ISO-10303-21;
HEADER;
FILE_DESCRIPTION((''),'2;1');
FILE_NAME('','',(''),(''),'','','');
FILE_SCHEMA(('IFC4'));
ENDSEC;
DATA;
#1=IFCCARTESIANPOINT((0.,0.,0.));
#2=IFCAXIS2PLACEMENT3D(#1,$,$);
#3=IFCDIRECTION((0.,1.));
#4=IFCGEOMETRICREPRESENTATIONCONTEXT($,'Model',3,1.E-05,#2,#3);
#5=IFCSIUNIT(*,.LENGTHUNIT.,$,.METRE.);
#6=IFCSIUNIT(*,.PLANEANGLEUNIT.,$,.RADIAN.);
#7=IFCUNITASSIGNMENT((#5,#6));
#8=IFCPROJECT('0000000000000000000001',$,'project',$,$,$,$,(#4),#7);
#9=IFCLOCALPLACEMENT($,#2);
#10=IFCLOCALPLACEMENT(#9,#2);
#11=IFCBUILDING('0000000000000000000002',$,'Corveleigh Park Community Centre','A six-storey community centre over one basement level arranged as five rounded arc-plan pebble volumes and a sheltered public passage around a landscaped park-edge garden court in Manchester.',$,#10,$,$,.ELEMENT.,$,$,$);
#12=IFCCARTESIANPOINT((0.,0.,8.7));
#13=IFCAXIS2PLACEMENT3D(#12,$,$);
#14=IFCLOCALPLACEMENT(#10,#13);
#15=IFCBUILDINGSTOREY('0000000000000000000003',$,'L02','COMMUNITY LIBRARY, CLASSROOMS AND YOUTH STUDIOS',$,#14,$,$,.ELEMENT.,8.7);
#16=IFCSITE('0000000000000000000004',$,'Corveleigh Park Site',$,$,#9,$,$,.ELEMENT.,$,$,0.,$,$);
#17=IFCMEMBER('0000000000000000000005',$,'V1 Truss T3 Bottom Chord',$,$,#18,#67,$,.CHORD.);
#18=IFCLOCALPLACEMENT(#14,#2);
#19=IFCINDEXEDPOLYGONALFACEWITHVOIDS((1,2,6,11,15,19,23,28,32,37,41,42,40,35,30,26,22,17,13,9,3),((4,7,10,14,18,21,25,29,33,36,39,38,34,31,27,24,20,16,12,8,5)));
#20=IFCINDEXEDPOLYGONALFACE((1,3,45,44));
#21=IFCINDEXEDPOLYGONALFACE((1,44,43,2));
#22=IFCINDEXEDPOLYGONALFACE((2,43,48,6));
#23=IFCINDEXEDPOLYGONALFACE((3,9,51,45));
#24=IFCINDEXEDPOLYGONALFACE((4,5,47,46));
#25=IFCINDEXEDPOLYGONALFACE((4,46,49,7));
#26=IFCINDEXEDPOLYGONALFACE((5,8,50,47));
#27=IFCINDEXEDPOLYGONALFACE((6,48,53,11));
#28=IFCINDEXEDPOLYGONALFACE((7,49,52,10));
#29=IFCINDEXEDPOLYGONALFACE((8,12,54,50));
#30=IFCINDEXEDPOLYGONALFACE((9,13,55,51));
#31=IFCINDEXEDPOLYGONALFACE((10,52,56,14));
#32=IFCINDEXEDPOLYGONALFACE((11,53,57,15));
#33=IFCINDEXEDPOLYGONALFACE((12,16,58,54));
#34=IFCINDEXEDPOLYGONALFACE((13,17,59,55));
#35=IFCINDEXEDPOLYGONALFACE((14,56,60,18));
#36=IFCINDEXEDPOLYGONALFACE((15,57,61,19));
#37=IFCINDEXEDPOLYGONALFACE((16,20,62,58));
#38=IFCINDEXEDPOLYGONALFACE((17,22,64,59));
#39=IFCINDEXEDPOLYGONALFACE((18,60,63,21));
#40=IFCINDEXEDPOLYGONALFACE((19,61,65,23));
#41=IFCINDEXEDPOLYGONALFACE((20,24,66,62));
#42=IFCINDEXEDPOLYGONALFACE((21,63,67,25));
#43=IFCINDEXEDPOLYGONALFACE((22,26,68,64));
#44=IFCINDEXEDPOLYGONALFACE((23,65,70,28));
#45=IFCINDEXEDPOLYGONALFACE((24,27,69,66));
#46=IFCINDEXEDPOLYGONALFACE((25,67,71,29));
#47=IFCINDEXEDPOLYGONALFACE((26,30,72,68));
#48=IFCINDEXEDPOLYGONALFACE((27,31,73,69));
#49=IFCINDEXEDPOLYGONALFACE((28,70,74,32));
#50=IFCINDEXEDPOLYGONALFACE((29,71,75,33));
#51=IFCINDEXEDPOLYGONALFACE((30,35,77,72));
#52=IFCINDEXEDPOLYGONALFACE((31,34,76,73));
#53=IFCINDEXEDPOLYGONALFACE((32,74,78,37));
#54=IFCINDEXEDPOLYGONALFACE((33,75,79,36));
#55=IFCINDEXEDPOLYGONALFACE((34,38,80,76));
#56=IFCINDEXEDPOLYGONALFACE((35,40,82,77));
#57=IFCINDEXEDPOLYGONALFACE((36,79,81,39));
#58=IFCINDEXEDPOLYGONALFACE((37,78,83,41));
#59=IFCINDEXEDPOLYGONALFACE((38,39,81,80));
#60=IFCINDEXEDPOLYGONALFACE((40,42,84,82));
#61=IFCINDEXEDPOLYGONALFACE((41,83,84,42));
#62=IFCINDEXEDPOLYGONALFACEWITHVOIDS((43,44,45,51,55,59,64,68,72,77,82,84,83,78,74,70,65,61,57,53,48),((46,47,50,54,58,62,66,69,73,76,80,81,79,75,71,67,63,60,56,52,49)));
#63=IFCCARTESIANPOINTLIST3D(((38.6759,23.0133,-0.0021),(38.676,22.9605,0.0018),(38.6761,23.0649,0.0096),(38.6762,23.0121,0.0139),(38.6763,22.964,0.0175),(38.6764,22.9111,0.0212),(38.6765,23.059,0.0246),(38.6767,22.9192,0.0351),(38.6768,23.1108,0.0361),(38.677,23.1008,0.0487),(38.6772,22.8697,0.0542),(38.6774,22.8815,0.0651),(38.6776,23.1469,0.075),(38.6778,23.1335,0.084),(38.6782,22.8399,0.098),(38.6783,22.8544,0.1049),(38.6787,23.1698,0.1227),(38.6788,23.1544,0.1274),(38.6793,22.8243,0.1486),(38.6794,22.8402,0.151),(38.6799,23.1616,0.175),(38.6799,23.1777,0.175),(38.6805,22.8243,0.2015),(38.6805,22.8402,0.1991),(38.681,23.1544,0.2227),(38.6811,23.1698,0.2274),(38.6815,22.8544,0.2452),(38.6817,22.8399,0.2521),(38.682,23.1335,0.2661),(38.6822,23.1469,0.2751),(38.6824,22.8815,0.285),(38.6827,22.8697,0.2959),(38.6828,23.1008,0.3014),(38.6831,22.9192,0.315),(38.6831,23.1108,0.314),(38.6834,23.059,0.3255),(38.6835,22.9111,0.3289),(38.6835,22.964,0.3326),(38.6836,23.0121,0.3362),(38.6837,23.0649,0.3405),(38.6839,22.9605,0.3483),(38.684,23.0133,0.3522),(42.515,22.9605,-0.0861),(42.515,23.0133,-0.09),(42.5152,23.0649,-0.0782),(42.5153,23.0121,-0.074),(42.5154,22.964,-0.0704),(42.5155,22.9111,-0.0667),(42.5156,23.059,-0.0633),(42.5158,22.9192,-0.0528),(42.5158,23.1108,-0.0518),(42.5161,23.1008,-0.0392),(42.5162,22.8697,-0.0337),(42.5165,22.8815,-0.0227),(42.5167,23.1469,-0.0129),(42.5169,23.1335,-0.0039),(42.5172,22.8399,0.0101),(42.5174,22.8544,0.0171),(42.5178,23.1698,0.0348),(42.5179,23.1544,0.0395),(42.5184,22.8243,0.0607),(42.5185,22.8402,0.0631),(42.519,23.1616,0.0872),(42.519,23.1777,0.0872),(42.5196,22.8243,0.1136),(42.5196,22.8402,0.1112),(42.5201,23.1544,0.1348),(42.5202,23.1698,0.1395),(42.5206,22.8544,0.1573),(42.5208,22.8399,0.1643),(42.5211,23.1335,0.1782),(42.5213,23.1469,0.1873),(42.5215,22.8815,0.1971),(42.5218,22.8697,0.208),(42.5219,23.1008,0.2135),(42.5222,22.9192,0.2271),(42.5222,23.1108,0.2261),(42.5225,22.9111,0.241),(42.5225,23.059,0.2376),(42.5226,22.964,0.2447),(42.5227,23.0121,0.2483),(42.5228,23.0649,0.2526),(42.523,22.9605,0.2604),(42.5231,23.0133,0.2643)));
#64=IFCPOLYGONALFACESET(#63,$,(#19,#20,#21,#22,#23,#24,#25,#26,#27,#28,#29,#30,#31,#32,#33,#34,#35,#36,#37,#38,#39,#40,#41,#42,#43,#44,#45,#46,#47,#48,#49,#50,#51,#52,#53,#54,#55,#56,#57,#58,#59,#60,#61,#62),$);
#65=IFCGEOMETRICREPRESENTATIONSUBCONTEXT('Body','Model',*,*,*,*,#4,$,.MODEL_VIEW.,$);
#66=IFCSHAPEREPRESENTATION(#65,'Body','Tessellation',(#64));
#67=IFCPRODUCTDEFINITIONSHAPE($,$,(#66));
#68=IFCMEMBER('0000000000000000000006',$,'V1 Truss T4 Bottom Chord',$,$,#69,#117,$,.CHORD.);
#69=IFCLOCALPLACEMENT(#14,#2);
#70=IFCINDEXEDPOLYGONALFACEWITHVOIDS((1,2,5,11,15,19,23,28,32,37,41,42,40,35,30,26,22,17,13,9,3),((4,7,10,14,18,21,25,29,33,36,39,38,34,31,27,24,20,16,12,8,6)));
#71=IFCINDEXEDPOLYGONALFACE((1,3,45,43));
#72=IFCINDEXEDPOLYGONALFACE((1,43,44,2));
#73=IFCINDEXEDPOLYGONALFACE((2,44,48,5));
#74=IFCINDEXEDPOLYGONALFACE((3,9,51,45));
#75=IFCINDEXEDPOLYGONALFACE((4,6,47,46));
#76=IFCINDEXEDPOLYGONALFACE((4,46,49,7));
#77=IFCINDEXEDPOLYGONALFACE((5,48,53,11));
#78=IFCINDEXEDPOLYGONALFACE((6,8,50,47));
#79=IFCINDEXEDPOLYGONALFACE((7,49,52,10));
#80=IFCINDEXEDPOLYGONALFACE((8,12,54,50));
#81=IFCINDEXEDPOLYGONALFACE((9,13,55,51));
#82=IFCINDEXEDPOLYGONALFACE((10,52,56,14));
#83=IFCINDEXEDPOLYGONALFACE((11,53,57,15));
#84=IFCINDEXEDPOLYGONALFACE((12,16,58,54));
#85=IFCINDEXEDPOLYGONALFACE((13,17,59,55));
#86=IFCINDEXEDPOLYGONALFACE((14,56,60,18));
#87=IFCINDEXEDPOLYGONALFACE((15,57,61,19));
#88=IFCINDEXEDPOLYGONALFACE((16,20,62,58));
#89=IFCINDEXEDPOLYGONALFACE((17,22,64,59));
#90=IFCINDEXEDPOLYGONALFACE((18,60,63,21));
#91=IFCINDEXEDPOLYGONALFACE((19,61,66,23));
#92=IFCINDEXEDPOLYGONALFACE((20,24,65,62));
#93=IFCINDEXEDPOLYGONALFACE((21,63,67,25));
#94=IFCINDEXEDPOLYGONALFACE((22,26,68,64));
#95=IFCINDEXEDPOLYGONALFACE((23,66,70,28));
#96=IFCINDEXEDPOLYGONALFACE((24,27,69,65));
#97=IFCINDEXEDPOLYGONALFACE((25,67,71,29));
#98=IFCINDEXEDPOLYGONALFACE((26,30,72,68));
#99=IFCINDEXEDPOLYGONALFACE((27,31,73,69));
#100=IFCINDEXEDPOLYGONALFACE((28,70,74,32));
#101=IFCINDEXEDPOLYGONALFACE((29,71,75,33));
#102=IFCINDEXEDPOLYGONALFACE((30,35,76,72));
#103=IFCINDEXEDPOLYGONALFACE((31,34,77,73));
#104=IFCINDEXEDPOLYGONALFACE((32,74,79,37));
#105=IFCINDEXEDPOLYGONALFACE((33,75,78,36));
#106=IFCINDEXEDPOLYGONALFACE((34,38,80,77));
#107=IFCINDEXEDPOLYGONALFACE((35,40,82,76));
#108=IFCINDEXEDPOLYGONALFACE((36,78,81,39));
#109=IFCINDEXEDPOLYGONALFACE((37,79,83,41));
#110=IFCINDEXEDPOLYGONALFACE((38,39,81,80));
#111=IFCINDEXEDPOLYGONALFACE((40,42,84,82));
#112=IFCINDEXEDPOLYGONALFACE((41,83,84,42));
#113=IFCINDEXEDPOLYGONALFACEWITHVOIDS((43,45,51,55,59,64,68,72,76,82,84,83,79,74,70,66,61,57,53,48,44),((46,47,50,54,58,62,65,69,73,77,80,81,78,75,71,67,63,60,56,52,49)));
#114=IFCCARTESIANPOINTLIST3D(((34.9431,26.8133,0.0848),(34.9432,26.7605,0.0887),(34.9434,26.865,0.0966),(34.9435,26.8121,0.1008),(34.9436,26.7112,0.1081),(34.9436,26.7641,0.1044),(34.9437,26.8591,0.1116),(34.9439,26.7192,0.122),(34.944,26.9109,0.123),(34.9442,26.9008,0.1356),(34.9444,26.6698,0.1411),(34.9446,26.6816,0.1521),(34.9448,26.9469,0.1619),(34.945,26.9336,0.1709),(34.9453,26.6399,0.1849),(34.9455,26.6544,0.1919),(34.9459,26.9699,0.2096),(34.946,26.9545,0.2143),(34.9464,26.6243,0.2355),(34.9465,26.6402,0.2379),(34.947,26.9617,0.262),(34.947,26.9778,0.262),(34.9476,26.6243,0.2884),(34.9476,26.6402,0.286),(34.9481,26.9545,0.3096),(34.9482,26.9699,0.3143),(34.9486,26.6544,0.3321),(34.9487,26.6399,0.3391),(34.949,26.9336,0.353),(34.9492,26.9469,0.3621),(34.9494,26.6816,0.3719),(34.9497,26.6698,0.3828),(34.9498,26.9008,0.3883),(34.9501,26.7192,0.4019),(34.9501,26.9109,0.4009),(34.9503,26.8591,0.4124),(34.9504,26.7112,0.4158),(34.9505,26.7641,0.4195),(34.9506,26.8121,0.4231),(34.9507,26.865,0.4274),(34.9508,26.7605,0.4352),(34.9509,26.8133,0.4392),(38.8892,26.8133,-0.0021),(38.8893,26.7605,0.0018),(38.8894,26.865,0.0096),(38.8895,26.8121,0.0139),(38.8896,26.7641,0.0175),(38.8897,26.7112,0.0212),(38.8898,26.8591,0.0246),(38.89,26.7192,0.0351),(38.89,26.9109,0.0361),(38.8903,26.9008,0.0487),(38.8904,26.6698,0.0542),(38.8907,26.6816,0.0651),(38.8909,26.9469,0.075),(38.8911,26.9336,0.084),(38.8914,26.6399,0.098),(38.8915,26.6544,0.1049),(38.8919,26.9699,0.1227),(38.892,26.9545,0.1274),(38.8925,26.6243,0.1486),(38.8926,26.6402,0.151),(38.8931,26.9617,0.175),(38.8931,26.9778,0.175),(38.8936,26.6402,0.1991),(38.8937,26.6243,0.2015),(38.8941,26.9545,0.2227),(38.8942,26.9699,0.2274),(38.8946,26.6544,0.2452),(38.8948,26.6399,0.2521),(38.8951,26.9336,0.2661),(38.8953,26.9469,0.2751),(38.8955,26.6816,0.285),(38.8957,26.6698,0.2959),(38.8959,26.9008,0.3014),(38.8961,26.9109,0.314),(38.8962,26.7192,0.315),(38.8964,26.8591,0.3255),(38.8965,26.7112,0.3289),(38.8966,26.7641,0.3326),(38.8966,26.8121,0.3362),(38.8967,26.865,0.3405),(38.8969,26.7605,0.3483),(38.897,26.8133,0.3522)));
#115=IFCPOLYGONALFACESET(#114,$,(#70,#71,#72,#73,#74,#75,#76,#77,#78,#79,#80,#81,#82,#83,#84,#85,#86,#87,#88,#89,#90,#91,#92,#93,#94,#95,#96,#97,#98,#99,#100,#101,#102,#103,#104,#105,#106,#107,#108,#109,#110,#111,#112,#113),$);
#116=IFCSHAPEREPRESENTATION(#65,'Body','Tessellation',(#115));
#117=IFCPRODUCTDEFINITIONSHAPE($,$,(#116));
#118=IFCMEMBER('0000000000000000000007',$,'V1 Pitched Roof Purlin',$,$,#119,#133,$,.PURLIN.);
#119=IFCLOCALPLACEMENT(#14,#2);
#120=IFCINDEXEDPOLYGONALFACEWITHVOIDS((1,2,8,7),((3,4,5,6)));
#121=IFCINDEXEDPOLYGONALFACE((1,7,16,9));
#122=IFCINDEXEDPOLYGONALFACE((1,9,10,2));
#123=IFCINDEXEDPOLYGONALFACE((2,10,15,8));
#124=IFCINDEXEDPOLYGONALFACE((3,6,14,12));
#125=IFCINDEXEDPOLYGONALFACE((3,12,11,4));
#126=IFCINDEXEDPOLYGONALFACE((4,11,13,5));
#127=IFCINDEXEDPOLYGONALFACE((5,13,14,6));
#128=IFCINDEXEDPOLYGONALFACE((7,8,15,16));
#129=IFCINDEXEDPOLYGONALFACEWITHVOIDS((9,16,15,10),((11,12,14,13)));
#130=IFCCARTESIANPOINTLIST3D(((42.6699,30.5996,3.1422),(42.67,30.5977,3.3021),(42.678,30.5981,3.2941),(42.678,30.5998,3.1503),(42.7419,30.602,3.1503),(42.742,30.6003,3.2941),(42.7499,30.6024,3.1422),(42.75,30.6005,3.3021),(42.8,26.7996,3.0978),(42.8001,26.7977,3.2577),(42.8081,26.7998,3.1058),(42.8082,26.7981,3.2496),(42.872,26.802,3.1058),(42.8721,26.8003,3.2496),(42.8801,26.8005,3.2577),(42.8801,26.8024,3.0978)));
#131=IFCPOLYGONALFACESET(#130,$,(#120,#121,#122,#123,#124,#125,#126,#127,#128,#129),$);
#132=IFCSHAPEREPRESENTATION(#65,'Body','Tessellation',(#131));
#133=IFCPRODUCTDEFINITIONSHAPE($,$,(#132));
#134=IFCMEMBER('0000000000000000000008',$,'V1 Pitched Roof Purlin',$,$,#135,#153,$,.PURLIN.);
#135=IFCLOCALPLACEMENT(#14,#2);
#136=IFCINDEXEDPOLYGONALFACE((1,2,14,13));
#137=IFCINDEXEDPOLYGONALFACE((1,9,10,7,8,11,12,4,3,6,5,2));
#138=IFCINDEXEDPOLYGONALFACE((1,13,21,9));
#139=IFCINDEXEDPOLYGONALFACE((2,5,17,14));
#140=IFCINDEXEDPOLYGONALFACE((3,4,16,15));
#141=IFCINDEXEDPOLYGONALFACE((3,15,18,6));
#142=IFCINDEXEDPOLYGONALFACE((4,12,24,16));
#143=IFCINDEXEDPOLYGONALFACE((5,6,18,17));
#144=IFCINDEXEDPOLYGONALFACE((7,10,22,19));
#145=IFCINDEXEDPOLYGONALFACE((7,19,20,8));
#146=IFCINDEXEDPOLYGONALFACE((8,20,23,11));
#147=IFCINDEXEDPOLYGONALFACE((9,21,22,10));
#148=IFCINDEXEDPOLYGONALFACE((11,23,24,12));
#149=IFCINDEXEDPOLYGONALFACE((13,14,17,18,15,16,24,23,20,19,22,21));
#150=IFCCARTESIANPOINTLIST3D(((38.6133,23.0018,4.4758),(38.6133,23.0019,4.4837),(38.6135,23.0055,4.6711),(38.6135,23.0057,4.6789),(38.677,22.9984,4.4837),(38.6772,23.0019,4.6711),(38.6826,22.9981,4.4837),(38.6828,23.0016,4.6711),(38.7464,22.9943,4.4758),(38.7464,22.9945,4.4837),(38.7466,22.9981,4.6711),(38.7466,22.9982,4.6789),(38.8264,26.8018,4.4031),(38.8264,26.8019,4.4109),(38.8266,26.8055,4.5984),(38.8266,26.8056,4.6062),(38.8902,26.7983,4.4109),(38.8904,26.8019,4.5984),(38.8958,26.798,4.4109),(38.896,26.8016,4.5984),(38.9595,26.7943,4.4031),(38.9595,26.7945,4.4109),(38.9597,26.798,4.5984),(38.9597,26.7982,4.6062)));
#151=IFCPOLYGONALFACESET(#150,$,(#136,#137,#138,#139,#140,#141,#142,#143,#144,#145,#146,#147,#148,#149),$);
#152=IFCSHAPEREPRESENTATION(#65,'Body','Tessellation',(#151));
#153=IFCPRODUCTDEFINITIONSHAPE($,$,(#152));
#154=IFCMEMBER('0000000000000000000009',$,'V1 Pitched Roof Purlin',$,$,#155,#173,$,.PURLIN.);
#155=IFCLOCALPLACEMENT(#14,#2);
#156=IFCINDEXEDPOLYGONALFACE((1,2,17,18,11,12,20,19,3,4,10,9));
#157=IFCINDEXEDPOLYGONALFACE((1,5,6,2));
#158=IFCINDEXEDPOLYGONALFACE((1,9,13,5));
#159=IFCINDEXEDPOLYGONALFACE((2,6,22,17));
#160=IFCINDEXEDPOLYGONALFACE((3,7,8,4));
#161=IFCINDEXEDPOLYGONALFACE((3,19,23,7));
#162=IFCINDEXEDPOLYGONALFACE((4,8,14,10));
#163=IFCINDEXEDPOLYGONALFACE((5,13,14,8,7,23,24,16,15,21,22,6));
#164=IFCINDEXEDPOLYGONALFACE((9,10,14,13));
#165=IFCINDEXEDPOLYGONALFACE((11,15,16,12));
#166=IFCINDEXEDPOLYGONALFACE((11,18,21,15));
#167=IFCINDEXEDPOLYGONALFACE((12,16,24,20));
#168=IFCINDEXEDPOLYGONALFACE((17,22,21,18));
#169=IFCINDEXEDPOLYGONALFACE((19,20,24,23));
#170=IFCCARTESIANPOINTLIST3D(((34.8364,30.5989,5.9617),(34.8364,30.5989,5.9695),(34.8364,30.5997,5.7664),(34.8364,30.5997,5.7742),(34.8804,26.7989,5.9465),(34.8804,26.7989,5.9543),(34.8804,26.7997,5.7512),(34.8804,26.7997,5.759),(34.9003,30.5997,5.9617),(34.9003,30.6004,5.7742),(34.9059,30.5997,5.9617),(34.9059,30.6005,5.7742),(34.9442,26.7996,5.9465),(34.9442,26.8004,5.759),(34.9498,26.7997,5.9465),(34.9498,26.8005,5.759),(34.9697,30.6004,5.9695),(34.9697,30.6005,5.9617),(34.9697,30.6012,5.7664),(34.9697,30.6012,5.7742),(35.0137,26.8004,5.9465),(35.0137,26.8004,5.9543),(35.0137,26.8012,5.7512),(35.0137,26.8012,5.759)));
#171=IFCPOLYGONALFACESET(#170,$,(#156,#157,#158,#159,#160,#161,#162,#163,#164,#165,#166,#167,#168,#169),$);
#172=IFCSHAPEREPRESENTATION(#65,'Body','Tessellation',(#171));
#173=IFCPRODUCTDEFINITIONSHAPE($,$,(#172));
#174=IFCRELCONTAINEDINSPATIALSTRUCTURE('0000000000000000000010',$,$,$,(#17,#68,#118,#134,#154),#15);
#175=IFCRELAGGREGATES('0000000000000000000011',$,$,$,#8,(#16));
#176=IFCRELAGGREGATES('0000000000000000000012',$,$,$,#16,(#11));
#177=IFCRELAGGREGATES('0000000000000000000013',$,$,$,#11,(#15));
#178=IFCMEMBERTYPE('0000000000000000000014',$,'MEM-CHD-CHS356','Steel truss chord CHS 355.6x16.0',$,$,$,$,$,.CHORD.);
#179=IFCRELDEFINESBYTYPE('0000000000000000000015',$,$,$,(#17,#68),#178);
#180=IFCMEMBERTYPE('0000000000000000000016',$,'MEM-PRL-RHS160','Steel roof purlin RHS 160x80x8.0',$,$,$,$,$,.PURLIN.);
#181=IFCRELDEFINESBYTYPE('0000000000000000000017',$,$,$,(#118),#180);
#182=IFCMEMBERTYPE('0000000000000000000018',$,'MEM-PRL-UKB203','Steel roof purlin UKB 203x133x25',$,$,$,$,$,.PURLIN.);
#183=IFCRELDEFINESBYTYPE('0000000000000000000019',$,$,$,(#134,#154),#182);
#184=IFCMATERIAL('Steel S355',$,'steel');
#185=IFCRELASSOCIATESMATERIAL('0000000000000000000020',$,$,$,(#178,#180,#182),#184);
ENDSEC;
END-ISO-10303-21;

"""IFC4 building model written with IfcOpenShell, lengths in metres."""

from ifc_helpers import new_model, si_unit, direction, frame, origin, origin_2d, place, context, subcontext, project, spatial, hollow_rectangle, hollow_circle, i_section, extrude, material, material_profile, profile_set, type_object, element, save


model = new_model("IFC4")

# Units and contexts
model_context = context("Model", 3, precision=1e-05, world=origin(), true_north=direction((0.0, 1.0)))
body_context = subcontext(model_context, "Body", "Model", "MODEL_VIEW")
ifc_project = project(units=[si_unit("LENGTHUNIT", "METRE"), si_unit("PLANEANGLEUNIT", "RADIAN")], contexts=[model_context])

# Site, building, storey
site_placement = place(None, origin())
site = spatial("IfcSite", under=ifc_project, at=site_placement, Name="Corveleigh Park Site", CompositionType="ELEMENT", RefElevation=0.0)
building_placement = place(site_placement, origin())
building = spatial("IfcBuilding", under=site, at=building_placement, Name="Corveleigh Park Community Centre", Description="A six-storey community centre over one basement level arranged as five rounded arc-plan pebble volumes and a sheltered public passage around a landscaped park-edge garden court in Manchester.", CompositionType="ELEMENT")
storey_placement = place(building_placement, frame((0.0, 0.0, 8.7)))
storey = spatial("IfcBuildingStorey", under=building, at=storey_placement, Name="L02", Description="COMMUNITY LIBRARY, CLASSROOMS AND YOUTH STUDIOS", CompositionType="ELEMENT", Elevation=8.7)

# Members
ifc_material_1 = material(Name="Steel S355", Category="steel")
ifc_material_profile_1 = material_profile(ifc_material_1, hollow_circle(Radius=0.1777, WallThickness=0.0161, at=origin_2d()), Name="CHS 355.6x16.0", Category="steel")
ifc_profile_set_1 = profile_set([ifc_material_profile_1], Name="Steel S355")
member_type_1 = type_object("IfcMemberType", Name="MEM-CHD-CHS356", Description="Steel truss chord CHS 355.6x16.0", PredefinedType="CHORD", material=ifc_profile_set_1)
member_1_placement = place(storey_placement, frame((38.6799, 23.0, 0.175), z_axis=(0.999738, 0.0, -0.022887), x_axis=(0.0, 1.0, 0.0)))
element("IfcMember", 1, at=member_1_placement, inside=storey, type_object=member_type_1, Name="V1 Truss T3 Bottom Chord", PredefinedType="CHORD", context=body_context, shape_type="SweptSolid", body=[
    extrude(hollow_circle(Radius=0.1777, WallThickness=0.0161, at=origin_2d()), origin(), (0.0, 0.0, 1.0), 3.8401),
])
member_2_placement = place(storey_placement, frame((34.947, 26.8, 0.262), z_axis=(0.999758, 0.0, -0.02202), x_axis=(0.0, 1.0, 0.0)))
element("IfcMember", 2, at=member_2_placement, inside=storey, type_object=member_type_1, Name="V1 Truss T4 Bottom Chord", PredefinedType="CHORD", context=body_context, shape_type="SweptSolid", body=[
    extrude(hollow_circle(Radius=0.1777, WallThickness=0.0161, at=origin_2d()), origin(), (0.0, 0.0, 1.0), 3.947),
])
ifc_material_profile_2 = material_profile(ifc_material_1, hollow_rectangle(XDim=0.0801, YDim=0.1599, WallThickness=0.0081, at=origin_2d()), Name="RHS 160x80x8.0", Category="steel")
ifc_profile_set_2 = profile_set([ifc_material_profile_2], Name="Steel S355")
member_type_2 = type_object("IfcMemberType", Name="MEM-PRL-RHS160", Description="Steel roof purlin RHS 160x80x8.0", PredefinedType="PURLIN", material=ifc_profile_set_2)
member_3_placement = place(storey_placement, frame((42.8401, 26.8, 3.1777), z_axis=(-0.034221, 0.999346, 0.011685), x_axis=(-0.999414, -0.034223, 0.0)))
element("IfcMember", 3, at=member_3_placement, inside=storey, type_object=member_type_2, Name="V1 Pitched Roof Purlin", PredefinedType="PURLIN", context=body_context, shape_type="SweptSolid", body=[
    extrude(hollow_rectangle(XDim=0.0801, YDim=0.1599, WallThickness=0.0081, at=origin_2d()), origin(), (0.0, 0.0, 1.0), 3.8025),
])
ifc_material_profile_3 = material_profile(ifc_material_1, i_section(OverallWidth=0.1333, OverallDepth=0.2031, WebThickness=0.0056, FlangeThickness=0.0078, at=origin_2d()), Name="UKB 203x133x25", Category="steel")
ifc_profile_set_3 = profile_set([ifc_material_profile_3], Name="Steel S355")
member_type_3 = type_object("IfcMemberType", Name="MEM-PRL-UKB203", Description="Steel roof purlin UKB 203x133x25", PredefinedType="PURLIN", material=ifc_profile_set_3)
member_4_placement = place(storey_placement, frame((38.6799, 23.0, 4.5774), z_axis=(0.055989, 0.998248, -0.019112), x_axis=(-0.998431, 0.055999, 0.0)))
element("IfcMember", 4, at=member_4_placement, inside=storey, type_object=member_type_3, Name="V1 Pitched Roof Purlin", PredefinedType="PURLIN", context=body_context, shape_type="SweptSolid", body=[
    extrude(i_section(OverallWidth=0.1333, OverallDepth=0.2031, WebThickness=0.0056, FlangeThickness=0.0078, at=origin_2d()), origin(), (0.0, 0.0, 1.0), 3.8066),
])
member_5_placement = place(storey_placement, frame((34.947, 26.8, 5.8528), z_axis=(-0.011564, 0.999925, 0.003983), x_axis=(-0.999933, -0.011564, 0.0)))
element("IfcMember", 5, at=member_5_placement, inside=storey, type_object=member_type_3, Name="V1 Pitched Roof Purlin", PredefinedType="PURLIN", context=body_context, shape_type="SweptSolid", body=[
    extrude(i_section(OverallWidth=0.1333, OverallDepth=0.2031, WebThickness=0.0056, FlangeThickness=0.0078, at=origin_2d()), origin(), (0.0, 0.0, 1.0), 3.8003),
])

save(model, "model.ifc")
